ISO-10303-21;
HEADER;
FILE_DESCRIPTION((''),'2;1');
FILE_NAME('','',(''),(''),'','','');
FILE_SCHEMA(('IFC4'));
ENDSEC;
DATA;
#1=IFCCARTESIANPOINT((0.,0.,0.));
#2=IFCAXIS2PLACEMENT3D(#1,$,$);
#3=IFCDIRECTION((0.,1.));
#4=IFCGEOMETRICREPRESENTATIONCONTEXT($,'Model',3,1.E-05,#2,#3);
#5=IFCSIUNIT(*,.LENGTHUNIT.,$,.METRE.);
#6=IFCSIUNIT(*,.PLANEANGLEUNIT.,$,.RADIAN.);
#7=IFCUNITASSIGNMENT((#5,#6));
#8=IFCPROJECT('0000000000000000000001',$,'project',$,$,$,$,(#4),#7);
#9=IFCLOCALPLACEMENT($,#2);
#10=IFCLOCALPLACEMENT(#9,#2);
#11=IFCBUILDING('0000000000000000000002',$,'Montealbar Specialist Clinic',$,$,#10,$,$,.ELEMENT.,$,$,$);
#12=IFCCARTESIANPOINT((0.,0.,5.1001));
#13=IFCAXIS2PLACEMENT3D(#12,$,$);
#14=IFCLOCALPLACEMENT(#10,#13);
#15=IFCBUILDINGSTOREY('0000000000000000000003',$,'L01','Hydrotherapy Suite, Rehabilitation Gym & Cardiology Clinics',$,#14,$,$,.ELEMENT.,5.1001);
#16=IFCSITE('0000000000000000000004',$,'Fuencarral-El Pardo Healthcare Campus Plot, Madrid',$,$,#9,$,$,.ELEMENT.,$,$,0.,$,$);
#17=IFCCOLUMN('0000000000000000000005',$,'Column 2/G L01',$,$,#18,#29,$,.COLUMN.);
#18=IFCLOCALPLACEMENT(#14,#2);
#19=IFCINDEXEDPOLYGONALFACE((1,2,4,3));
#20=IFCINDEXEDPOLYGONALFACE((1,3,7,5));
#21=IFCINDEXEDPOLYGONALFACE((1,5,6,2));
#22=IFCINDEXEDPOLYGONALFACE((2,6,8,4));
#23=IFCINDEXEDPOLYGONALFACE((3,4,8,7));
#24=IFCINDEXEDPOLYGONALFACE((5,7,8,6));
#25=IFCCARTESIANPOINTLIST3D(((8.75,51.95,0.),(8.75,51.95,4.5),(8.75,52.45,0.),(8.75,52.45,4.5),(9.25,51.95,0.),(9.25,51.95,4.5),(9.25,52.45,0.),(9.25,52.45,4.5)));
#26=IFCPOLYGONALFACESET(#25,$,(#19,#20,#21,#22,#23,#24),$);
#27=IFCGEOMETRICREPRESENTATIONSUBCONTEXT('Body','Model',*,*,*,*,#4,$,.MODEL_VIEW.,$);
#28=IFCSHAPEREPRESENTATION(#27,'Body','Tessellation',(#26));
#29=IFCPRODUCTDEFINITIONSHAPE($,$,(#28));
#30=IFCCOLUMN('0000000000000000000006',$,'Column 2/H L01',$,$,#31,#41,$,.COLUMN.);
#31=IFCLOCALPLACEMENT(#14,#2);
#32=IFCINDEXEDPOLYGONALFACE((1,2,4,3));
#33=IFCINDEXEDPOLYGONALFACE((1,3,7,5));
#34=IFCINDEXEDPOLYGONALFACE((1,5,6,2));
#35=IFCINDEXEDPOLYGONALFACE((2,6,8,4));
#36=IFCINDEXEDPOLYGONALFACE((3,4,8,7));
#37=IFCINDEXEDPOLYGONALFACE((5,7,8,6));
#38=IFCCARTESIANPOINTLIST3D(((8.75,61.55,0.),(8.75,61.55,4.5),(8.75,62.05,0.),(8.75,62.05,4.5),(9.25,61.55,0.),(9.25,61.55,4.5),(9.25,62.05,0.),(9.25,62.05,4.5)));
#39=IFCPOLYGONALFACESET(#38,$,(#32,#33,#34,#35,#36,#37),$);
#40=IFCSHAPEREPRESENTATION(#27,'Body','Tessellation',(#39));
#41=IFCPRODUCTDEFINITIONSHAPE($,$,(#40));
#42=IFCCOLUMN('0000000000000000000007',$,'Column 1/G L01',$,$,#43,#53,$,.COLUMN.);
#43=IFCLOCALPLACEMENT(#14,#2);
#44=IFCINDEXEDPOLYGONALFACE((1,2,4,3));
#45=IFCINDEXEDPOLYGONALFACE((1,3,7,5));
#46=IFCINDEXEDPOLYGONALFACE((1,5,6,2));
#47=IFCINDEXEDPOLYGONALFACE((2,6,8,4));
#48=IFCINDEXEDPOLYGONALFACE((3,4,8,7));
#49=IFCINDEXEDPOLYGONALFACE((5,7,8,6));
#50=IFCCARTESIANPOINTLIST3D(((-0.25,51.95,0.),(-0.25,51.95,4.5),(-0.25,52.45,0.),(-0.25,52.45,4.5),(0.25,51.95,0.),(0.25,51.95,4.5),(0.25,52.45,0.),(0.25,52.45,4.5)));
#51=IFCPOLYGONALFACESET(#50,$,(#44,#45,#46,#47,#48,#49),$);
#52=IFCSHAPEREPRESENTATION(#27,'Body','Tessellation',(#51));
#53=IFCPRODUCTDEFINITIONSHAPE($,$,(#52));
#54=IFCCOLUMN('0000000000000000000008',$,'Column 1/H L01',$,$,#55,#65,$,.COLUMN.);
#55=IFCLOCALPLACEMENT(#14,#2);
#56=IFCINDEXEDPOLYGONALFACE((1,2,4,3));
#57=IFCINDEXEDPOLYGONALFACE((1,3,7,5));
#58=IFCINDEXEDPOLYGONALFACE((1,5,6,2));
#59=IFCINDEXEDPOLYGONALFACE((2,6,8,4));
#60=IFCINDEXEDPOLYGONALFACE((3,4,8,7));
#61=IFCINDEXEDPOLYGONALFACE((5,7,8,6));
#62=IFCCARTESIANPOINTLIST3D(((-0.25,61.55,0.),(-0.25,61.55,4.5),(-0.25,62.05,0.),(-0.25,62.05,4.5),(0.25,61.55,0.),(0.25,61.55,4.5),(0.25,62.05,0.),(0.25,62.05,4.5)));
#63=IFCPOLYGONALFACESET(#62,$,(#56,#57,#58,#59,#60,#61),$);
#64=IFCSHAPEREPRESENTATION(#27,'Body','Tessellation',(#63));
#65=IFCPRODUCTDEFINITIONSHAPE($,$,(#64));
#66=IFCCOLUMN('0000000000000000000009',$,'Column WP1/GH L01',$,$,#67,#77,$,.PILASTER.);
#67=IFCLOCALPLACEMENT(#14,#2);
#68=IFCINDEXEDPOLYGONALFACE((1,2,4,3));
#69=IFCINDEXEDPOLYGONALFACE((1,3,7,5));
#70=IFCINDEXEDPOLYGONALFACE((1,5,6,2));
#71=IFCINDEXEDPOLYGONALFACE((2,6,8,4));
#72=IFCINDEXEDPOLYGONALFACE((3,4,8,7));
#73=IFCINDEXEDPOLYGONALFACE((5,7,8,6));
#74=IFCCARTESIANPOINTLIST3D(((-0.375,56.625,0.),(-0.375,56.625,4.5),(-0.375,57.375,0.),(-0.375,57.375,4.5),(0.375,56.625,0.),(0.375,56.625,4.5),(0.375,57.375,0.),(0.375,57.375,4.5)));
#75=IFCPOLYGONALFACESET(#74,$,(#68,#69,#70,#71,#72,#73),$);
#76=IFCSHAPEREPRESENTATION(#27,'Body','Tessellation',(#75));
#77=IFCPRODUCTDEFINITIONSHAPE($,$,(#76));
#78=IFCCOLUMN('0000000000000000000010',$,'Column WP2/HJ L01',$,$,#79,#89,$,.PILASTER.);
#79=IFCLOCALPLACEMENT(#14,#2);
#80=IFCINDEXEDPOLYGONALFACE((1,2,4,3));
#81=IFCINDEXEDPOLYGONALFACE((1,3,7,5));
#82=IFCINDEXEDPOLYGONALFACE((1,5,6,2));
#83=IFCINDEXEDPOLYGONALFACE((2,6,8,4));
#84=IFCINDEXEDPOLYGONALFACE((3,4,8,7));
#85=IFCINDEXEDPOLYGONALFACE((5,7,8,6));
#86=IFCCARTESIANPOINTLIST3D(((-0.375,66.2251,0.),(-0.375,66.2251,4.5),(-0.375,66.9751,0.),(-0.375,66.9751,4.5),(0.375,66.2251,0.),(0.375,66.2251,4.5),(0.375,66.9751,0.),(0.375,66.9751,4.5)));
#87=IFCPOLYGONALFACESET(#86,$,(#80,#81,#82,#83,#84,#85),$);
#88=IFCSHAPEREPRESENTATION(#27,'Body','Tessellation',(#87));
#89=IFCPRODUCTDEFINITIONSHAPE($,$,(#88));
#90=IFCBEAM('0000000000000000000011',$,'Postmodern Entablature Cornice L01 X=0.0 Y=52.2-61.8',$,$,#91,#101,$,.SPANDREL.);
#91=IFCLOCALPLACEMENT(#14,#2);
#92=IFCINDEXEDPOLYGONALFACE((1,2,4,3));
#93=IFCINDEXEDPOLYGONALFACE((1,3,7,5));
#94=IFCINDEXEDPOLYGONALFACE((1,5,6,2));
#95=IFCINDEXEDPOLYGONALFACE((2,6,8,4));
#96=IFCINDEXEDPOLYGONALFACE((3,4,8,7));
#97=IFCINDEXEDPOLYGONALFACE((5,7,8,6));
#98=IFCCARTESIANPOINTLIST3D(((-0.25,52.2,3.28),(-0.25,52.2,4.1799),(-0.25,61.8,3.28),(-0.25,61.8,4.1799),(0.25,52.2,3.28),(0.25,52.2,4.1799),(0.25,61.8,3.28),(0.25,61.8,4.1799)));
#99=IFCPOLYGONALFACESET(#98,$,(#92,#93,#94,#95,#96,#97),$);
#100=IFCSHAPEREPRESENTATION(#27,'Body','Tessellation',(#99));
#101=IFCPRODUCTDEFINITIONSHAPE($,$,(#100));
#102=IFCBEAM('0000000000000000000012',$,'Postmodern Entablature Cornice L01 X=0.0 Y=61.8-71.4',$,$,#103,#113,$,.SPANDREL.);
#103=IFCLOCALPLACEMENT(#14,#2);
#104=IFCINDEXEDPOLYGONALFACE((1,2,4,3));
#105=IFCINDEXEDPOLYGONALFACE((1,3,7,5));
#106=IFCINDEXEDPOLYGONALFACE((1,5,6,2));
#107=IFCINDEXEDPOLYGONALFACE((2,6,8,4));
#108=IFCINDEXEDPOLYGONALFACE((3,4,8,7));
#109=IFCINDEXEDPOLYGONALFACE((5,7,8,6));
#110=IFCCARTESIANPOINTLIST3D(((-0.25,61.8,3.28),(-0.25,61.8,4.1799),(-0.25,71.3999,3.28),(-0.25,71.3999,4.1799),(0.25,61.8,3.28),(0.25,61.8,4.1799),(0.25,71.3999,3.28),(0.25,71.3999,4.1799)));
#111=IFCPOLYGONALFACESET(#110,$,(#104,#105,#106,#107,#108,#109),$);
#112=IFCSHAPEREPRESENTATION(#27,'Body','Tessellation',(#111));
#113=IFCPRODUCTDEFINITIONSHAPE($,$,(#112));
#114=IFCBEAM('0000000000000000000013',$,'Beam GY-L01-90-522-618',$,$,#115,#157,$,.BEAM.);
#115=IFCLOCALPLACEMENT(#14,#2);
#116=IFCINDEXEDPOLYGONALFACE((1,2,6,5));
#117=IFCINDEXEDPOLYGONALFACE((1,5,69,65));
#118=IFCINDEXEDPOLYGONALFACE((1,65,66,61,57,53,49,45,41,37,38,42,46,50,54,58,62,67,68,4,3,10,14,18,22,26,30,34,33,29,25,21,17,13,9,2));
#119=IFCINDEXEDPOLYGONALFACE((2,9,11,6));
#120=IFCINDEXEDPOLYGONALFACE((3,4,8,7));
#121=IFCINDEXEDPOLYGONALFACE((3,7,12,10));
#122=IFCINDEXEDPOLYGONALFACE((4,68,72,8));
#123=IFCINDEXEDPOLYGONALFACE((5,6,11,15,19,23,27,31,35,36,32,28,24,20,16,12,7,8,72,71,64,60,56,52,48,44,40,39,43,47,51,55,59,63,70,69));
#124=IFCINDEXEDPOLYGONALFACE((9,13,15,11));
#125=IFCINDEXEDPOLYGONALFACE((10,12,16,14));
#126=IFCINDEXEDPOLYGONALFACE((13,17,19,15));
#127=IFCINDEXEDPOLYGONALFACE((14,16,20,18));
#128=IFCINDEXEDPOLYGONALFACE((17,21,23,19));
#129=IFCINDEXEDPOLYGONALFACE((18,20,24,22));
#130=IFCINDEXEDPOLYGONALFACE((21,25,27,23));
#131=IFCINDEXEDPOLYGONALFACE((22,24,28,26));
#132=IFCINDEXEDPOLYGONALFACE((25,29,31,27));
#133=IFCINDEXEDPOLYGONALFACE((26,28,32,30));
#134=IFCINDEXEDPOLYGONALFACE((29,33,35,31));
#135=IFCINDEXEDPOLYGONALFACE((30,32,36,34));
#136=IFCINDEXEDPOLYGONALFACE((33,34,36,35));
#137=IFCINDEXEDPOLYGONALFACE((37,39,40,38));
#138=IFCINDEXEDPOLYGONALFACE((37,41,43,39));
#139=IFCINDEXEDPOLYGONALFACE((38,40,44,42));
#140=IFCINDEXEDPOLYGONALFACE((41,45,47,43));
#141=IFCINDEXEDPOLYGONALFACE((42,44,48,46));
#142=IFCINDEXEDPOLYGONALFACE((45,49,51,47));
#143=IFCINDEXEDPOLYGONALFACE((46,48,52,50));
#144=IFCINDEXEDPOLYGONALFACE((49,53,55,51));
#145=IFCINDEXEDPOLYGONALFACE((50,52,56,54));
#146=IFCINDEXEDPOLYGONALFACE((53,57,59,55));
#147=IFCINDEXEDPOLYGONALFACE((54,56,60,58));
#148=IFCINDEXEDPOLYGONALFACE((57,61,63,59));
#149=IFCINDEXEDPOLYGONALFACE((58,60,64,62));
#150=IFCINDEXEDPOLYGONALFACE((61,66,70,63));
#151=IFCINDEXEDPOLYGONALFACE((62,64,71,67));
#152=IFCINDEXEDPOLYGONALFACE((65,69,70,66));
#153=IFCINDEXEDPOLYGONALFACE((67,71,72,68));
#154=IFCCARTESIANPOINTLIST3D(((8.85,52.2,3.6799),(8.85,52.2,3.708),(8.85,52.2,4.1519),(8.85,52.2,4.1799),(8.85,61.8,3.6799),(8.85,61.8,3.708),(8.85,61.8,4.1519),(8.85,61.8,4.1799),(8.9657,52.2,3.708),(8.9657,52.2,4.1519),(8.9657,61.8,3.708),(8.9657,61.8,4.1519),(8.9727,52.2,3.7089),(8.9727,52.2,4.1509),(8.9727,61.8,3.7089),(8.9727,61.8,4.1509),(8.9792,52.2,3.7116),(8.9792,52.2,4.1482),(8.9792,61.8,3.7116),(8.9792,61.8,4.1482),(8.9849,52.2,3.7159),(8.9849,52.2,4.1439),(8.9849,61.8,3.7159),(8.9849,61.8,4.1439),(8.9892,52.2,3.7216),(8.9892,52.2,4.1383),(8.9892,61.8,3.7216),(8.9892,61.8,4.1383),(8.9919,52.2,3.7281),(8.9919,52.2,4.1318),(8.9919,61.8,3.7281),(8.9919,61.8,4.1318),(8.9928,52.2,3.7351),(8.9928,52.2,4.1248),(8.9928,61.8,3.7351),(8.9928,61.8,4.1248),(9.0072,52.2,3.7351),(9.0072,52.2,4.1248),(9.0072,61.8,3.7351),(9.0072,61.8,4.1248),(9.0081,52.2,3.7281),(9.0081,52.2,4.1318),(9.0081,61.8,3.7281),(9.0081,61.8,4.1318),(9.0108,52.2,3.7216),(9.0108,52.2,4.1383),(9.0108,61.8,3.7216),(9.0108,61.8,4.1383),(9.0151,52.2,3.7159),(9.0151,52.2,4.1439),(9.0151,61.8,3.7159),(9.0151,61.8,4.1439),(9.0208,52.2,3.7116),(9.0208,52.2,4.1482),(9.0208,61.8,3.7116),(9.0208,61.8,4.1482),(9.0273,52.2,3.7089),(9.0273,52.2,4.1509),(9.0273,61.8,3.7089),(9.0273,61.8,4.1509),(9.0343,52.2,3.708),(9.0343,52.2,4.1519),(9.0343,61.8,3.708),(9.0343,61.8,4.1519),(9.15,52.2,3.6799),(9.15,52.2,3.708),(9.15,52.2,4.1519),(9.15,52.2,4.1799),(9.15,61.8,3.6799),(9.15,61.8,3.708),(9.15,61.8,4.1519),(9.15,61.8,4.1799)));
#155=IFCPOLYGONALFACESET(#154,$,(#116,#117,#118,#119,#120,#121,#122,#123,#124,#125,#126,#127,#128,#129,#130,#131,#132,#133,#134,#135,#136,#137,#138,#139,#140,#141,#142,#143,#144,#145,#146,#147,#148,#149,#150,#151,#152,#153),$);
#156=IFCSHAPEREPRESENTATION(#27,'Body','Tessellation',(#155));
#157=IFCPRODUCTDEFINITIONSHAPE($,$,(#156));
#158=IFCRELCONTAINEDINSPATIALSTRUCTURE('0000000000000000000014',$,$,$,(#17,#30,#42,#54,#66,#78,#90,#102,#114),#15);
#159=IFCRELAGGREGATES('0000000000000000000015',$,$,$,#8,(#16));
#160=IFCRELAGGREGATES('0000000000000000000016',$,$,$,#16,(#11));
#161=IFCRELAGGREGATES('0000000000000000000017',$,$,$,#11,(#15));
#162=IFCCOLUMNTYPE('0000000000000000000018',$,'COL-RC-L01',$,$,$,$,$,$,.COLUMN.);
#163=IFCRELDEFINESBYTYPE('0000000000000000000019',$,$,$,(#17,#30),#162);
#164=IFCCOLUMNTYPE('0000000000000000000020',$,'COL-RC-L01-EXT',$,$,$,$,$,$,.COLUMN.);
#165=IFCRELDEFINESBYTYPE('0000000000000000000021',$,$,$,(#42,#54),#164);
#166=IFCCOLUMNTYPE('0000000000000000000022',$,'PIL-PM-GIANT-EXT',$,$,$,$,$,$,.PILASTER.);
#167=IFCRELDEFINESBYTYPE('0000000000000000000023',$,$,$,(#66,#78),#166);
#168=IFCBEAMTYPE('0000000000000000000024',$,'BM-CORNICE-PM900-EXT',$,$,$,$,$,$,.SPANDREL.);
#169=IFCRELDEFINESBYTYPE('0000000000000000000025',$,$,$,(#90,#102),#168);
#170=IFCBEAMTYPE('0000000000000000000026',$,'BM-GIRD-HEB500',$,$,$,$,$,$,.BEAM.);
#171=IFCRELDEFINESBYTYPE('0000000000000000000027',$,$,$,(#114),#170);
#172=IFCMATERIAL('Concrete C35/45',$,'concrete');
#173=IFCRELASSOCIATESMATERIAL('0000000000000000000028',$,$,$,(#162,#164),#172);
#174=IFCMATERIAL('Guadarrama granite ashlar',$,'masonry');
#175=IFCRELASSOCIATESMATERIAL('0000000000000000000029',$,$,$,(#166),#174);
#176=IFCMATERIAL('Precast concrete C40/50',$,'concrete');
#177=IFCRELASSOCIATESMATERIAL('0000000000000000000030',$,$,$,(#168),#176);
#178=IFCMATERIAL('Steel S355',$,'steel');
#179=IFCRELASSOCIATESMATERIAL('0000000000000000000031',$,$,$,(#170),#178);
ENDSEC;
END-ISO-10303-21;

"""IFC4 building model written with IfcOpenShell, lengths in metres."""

from ifc_helpers import new_model, si_unit, direction, frame, origin, origin_2d, place, context, subcontext, project, spatial, rectangle, i_section, extrude, material, material_profile, profile_set, type_object, element, save


model = new_model("IFC4")

# Units and contexts
model_context = context("Model", 3, precision=1e-05, world=origin(), true_north=direction((0.0, 1.0)))
body_context = subcontext(model_context, "Body", "Model", "MODEL_VIEW")
ifc_project = project(units=[si_unit("LENGTHUNIT", "METRE"), si_unit("PLANEANGLEUNIT", "RADIAN")], contexts=[model_context])

# Site, building, storey
site_placement = place(None, origin())
site = spatial("IfcSite", under=ifc_project, at=site_placement, Name="Fuencarral-El Pardo Healthcare Campus Plot, Madrid", CompositionType="ELEMENT", RefElevation=0.0)
building_placement = place(site_placement, origin())
building = spatial("IfcBuilding", under=site, at=building_placement, Name="Montealbar Specialist Clinic", CompositionType="ELEMENT")
storey_placement = place(building_placement, frame((0.0, 0.0, 5.1001)))
storey = spatial("IfcBuildingStorey", under=building, at=storey_placement, Name="L01", Description="Hydrotherapy Suite, Rehabilitation Gym & Cardiology Clinics", CompositionType="ELEMENT", Elevation=5.1001)

# Columns
ifc_material_1 = material(Name="Concrete C35/45", Category="concrete")
ifc_material_profile_1 = material_profile(ifc_material_1, rectangle(XDim=0.5, YDim=0.5, at=origin_2d()), Name="RC 500x500", Category="concrete")
ifc_profile_set_1 = profile_set([ifc_material_profile_1], Name="Concrete C35/45")
column_type_1 = type_object("IfcColumnType", Name="COL-RC-L01", PredefinedType="COLUMN", material=ifc_profile_set_1)
for number, where, z_axis, x_axis, name in (
    (1, (9.0, 52.2, 0.0), (0.0, 0.0, 1.0), (1.0, 0.0, 0.0), "Column 2/G L01"),
    (2, (9.0, 61.8, 0.0), (0.0, 0.0, 1.0), (1.0, 0.0, 0.0), "Column 2/H L01"),
):
    element("IfcColumn", number, at=place(storey_placement, frame(where, z_axis=z_axis, x_axis=x_axis)), inside=storey, type_object=column_type_1, Name=name, PredefinedType="COLUMN", context=body_context, shape_type="SweptSolid", body=[
        extrude(rectangle(XDim=0.5, YDim=0.5, at=origin_2d()), origin(), (0.0, 0.0, 1.0), 4.5),
    ])
ifc_material_profile_2 = material_profile(ifc_material_1, rectangle(XDim=0.5, YDim=0.5, at=origin_2d()), Name="RC 500x500", Category="concrete")
ifc_profile_set_2 = profile_set([ifc_material_profile_2], Name="Concrete C35/45")
column_type_2 = type_object("IfcColumnType", Name="COL-RC-L01-EXT", PredefinedType="COLUMN", material=ifc_profile_set_2)
for number, where, z_axis, x_axis, name in (
    (3, (0.0, 52.2, 0.0), (0.0, 0.0, 1.0), (1.0, 0.0, 0.0), "Column 1/G L01"),
    (4, (0.0, 61.8, 0.0), (0.0, 0.0, 1.0), (1.0, 0.0, 0.0), "Column 1/H L01"),
):
    element("IfcColumn", number, at=place(storey_placement, frame(where, z_axis=z_axis, x_axis=x_axis)), inside=storey, type_object=column_type_2, Name=name, PredefinedType="COLUMN", context=body_context, shape_type="SweptSolid", body=[
        extrude(rectangle(XDim=0.5, YDim=0.5, at=origin_2d()), origin(), (0.0, 0.0, 1.0), 4.5),
    ])
ifc_material_2 = material(Name="Guadarrama granite ashlar", Category="masonry")
ifc_material_profile_3 = material_profile(ifc_material_2, rectangle(XDim=0.75, YDim=0.75, at=origin_2d()), Name="GRANITE PILASTER 750x750", Category="masonry")
ifc_profile_set_3 = profile_set([ifc_material_profile_3], Name="Guadarrama granite ashlar")
column_type_3 = type_object("IfcColumnType", Name="PIL-PM-GIANT-EXT", PredefinedType="PILASTER", material=ifc_profile_set_3)
for number, where, z_axis, x_axis, name in (
    (5, (0.0, 57.0, 0.0), (0.0, 0.0, 1.0), (1.0, 0.0, 0.0), "Column WP1/GH L01"),
    (6, (0.0, 66.6001, 0.0), (0.0, 0.0, 1.0), (1.0, 0.0, 0.0), "Column WP2/HJ L01"),
):
    element("IfcColumn", number, at=place(storey_placement, frame(where, z_axis=z_axis, x_axis=x_axis)), inside=storey, type_object=column_type_3, Name=name, PredefinedType="PILASTER", context=body_context, shape_type="SweptSolid", body=[
        extrude(rectangle(XDim=0.75, YDim=0.75, at=origin_2d()), origin(), (0.0, 0.0, 1.0), 4.5),
    ])

# Beams
ifc_material_3 = material(Name="Precast concrete C40/50", Category="concrete")
ifc_material_profile_4 = material_profile(ifc_material_3, rectangle(XDim=0.5, YDim=0.8999, at=origin_2d()), Name="PRECAST CORNICE 500x900", Category="concrete")
ifc_profile_set_4 = profile_set([ifc_material_profile_4], Name="Precast concrete C40/50")
beam_type_1 = type_object("IfcBeamType", Name="BM-CORNICE-PM900-EXT", PredefinedType="SPANDREL", material=ifc_profile_set_4)
beam_1_placement = place(storey_placement, frame((0.0, 52.2, 3.73), z_axis=(0.0, 1.0, 0.0), x_axis=(-1.0, 0.0, 0.0)))
element("IfcBeam", 7, at=beam_1_placement, inside=storey, type_object=beam_type_1, Name="Postmodern Entablature Cornice L01 X=0.0 Y=52.2-61.8", PredefinedType="SPANDREL", context=body_context, shape_type="SweptSolid", body=[
    extrude(rectangle(XDim=0.5, YDim=0.8999, at=origin_2d()), origin(), (0.0, 0.0, 1.0), 9.6001),
])
beam_2_placement = place(storey_placement, frame((0.0, 61.8, 3.73), z_axis=(0.0, 1.0, 0.0), x_axis=(-1.0, 0.0, 0.0)))
element("IfcBeam", 8, at=beam_2_placement, inside=storey, type_object=beam_type_1, Name="Postmodern Entablature Cornice L01 X=0.0 Y=61.8-71.4", PredefinedType="SPANDREL", context=body_context, shape_type="SweptSolid", body=[
    extrude(rectangle(XDim=0.5, YDim=0.8999, at=origin_2d()), origin(), (0.0, 0.0, 1.0), 9.5999),
])
ifc_material_4 = material(Name="Steel S355", Category="steel")
ifc_material_profile_5 = material_profile(ifc_material_4, i_section(OverallWidth=0.3, OverallDepth=0.5, WebThickness=0.0144, FlangeThickness=0.0281, FilletRadius=0.0271, at=origin_2d()), Name="HEB 500", Category="steel")
ifc_profile_set_5 = profile_set([ifc_material_profile_5], Name="Steel S355")
beam_type_2 = type_object("IfcBeamType", Name="BM-GIRD-HEB500", PredefinedType="BEAM", material=ifc_profile_set_5)
beam_3_placement = place(storey_placement, frame((9.0, 52.2, 3.9299), z_axis=(0.0, 1.0, 0.0), x_axis=(-1.0, 0.0, 0.0)))
element("IfcBeam", 9, at=beam_3_placement, inside=storey, type_object=beam_type_2, Name="Beam GY-L01-90-522-618", PredefinedType="BEAM", context=body_context, shape_type="SweptSolid", body=[
    extrude(i_section(OverallWidth=0.3, OverallDepth=0.5, WebThickness=0.0144, FlangeThickness=0.0281, FilletRadius=0.0271, at=origin_2d()), origin(), (0.0, 0.0, 1.0), 9.6001),
])

save(model, "model.ifc")
